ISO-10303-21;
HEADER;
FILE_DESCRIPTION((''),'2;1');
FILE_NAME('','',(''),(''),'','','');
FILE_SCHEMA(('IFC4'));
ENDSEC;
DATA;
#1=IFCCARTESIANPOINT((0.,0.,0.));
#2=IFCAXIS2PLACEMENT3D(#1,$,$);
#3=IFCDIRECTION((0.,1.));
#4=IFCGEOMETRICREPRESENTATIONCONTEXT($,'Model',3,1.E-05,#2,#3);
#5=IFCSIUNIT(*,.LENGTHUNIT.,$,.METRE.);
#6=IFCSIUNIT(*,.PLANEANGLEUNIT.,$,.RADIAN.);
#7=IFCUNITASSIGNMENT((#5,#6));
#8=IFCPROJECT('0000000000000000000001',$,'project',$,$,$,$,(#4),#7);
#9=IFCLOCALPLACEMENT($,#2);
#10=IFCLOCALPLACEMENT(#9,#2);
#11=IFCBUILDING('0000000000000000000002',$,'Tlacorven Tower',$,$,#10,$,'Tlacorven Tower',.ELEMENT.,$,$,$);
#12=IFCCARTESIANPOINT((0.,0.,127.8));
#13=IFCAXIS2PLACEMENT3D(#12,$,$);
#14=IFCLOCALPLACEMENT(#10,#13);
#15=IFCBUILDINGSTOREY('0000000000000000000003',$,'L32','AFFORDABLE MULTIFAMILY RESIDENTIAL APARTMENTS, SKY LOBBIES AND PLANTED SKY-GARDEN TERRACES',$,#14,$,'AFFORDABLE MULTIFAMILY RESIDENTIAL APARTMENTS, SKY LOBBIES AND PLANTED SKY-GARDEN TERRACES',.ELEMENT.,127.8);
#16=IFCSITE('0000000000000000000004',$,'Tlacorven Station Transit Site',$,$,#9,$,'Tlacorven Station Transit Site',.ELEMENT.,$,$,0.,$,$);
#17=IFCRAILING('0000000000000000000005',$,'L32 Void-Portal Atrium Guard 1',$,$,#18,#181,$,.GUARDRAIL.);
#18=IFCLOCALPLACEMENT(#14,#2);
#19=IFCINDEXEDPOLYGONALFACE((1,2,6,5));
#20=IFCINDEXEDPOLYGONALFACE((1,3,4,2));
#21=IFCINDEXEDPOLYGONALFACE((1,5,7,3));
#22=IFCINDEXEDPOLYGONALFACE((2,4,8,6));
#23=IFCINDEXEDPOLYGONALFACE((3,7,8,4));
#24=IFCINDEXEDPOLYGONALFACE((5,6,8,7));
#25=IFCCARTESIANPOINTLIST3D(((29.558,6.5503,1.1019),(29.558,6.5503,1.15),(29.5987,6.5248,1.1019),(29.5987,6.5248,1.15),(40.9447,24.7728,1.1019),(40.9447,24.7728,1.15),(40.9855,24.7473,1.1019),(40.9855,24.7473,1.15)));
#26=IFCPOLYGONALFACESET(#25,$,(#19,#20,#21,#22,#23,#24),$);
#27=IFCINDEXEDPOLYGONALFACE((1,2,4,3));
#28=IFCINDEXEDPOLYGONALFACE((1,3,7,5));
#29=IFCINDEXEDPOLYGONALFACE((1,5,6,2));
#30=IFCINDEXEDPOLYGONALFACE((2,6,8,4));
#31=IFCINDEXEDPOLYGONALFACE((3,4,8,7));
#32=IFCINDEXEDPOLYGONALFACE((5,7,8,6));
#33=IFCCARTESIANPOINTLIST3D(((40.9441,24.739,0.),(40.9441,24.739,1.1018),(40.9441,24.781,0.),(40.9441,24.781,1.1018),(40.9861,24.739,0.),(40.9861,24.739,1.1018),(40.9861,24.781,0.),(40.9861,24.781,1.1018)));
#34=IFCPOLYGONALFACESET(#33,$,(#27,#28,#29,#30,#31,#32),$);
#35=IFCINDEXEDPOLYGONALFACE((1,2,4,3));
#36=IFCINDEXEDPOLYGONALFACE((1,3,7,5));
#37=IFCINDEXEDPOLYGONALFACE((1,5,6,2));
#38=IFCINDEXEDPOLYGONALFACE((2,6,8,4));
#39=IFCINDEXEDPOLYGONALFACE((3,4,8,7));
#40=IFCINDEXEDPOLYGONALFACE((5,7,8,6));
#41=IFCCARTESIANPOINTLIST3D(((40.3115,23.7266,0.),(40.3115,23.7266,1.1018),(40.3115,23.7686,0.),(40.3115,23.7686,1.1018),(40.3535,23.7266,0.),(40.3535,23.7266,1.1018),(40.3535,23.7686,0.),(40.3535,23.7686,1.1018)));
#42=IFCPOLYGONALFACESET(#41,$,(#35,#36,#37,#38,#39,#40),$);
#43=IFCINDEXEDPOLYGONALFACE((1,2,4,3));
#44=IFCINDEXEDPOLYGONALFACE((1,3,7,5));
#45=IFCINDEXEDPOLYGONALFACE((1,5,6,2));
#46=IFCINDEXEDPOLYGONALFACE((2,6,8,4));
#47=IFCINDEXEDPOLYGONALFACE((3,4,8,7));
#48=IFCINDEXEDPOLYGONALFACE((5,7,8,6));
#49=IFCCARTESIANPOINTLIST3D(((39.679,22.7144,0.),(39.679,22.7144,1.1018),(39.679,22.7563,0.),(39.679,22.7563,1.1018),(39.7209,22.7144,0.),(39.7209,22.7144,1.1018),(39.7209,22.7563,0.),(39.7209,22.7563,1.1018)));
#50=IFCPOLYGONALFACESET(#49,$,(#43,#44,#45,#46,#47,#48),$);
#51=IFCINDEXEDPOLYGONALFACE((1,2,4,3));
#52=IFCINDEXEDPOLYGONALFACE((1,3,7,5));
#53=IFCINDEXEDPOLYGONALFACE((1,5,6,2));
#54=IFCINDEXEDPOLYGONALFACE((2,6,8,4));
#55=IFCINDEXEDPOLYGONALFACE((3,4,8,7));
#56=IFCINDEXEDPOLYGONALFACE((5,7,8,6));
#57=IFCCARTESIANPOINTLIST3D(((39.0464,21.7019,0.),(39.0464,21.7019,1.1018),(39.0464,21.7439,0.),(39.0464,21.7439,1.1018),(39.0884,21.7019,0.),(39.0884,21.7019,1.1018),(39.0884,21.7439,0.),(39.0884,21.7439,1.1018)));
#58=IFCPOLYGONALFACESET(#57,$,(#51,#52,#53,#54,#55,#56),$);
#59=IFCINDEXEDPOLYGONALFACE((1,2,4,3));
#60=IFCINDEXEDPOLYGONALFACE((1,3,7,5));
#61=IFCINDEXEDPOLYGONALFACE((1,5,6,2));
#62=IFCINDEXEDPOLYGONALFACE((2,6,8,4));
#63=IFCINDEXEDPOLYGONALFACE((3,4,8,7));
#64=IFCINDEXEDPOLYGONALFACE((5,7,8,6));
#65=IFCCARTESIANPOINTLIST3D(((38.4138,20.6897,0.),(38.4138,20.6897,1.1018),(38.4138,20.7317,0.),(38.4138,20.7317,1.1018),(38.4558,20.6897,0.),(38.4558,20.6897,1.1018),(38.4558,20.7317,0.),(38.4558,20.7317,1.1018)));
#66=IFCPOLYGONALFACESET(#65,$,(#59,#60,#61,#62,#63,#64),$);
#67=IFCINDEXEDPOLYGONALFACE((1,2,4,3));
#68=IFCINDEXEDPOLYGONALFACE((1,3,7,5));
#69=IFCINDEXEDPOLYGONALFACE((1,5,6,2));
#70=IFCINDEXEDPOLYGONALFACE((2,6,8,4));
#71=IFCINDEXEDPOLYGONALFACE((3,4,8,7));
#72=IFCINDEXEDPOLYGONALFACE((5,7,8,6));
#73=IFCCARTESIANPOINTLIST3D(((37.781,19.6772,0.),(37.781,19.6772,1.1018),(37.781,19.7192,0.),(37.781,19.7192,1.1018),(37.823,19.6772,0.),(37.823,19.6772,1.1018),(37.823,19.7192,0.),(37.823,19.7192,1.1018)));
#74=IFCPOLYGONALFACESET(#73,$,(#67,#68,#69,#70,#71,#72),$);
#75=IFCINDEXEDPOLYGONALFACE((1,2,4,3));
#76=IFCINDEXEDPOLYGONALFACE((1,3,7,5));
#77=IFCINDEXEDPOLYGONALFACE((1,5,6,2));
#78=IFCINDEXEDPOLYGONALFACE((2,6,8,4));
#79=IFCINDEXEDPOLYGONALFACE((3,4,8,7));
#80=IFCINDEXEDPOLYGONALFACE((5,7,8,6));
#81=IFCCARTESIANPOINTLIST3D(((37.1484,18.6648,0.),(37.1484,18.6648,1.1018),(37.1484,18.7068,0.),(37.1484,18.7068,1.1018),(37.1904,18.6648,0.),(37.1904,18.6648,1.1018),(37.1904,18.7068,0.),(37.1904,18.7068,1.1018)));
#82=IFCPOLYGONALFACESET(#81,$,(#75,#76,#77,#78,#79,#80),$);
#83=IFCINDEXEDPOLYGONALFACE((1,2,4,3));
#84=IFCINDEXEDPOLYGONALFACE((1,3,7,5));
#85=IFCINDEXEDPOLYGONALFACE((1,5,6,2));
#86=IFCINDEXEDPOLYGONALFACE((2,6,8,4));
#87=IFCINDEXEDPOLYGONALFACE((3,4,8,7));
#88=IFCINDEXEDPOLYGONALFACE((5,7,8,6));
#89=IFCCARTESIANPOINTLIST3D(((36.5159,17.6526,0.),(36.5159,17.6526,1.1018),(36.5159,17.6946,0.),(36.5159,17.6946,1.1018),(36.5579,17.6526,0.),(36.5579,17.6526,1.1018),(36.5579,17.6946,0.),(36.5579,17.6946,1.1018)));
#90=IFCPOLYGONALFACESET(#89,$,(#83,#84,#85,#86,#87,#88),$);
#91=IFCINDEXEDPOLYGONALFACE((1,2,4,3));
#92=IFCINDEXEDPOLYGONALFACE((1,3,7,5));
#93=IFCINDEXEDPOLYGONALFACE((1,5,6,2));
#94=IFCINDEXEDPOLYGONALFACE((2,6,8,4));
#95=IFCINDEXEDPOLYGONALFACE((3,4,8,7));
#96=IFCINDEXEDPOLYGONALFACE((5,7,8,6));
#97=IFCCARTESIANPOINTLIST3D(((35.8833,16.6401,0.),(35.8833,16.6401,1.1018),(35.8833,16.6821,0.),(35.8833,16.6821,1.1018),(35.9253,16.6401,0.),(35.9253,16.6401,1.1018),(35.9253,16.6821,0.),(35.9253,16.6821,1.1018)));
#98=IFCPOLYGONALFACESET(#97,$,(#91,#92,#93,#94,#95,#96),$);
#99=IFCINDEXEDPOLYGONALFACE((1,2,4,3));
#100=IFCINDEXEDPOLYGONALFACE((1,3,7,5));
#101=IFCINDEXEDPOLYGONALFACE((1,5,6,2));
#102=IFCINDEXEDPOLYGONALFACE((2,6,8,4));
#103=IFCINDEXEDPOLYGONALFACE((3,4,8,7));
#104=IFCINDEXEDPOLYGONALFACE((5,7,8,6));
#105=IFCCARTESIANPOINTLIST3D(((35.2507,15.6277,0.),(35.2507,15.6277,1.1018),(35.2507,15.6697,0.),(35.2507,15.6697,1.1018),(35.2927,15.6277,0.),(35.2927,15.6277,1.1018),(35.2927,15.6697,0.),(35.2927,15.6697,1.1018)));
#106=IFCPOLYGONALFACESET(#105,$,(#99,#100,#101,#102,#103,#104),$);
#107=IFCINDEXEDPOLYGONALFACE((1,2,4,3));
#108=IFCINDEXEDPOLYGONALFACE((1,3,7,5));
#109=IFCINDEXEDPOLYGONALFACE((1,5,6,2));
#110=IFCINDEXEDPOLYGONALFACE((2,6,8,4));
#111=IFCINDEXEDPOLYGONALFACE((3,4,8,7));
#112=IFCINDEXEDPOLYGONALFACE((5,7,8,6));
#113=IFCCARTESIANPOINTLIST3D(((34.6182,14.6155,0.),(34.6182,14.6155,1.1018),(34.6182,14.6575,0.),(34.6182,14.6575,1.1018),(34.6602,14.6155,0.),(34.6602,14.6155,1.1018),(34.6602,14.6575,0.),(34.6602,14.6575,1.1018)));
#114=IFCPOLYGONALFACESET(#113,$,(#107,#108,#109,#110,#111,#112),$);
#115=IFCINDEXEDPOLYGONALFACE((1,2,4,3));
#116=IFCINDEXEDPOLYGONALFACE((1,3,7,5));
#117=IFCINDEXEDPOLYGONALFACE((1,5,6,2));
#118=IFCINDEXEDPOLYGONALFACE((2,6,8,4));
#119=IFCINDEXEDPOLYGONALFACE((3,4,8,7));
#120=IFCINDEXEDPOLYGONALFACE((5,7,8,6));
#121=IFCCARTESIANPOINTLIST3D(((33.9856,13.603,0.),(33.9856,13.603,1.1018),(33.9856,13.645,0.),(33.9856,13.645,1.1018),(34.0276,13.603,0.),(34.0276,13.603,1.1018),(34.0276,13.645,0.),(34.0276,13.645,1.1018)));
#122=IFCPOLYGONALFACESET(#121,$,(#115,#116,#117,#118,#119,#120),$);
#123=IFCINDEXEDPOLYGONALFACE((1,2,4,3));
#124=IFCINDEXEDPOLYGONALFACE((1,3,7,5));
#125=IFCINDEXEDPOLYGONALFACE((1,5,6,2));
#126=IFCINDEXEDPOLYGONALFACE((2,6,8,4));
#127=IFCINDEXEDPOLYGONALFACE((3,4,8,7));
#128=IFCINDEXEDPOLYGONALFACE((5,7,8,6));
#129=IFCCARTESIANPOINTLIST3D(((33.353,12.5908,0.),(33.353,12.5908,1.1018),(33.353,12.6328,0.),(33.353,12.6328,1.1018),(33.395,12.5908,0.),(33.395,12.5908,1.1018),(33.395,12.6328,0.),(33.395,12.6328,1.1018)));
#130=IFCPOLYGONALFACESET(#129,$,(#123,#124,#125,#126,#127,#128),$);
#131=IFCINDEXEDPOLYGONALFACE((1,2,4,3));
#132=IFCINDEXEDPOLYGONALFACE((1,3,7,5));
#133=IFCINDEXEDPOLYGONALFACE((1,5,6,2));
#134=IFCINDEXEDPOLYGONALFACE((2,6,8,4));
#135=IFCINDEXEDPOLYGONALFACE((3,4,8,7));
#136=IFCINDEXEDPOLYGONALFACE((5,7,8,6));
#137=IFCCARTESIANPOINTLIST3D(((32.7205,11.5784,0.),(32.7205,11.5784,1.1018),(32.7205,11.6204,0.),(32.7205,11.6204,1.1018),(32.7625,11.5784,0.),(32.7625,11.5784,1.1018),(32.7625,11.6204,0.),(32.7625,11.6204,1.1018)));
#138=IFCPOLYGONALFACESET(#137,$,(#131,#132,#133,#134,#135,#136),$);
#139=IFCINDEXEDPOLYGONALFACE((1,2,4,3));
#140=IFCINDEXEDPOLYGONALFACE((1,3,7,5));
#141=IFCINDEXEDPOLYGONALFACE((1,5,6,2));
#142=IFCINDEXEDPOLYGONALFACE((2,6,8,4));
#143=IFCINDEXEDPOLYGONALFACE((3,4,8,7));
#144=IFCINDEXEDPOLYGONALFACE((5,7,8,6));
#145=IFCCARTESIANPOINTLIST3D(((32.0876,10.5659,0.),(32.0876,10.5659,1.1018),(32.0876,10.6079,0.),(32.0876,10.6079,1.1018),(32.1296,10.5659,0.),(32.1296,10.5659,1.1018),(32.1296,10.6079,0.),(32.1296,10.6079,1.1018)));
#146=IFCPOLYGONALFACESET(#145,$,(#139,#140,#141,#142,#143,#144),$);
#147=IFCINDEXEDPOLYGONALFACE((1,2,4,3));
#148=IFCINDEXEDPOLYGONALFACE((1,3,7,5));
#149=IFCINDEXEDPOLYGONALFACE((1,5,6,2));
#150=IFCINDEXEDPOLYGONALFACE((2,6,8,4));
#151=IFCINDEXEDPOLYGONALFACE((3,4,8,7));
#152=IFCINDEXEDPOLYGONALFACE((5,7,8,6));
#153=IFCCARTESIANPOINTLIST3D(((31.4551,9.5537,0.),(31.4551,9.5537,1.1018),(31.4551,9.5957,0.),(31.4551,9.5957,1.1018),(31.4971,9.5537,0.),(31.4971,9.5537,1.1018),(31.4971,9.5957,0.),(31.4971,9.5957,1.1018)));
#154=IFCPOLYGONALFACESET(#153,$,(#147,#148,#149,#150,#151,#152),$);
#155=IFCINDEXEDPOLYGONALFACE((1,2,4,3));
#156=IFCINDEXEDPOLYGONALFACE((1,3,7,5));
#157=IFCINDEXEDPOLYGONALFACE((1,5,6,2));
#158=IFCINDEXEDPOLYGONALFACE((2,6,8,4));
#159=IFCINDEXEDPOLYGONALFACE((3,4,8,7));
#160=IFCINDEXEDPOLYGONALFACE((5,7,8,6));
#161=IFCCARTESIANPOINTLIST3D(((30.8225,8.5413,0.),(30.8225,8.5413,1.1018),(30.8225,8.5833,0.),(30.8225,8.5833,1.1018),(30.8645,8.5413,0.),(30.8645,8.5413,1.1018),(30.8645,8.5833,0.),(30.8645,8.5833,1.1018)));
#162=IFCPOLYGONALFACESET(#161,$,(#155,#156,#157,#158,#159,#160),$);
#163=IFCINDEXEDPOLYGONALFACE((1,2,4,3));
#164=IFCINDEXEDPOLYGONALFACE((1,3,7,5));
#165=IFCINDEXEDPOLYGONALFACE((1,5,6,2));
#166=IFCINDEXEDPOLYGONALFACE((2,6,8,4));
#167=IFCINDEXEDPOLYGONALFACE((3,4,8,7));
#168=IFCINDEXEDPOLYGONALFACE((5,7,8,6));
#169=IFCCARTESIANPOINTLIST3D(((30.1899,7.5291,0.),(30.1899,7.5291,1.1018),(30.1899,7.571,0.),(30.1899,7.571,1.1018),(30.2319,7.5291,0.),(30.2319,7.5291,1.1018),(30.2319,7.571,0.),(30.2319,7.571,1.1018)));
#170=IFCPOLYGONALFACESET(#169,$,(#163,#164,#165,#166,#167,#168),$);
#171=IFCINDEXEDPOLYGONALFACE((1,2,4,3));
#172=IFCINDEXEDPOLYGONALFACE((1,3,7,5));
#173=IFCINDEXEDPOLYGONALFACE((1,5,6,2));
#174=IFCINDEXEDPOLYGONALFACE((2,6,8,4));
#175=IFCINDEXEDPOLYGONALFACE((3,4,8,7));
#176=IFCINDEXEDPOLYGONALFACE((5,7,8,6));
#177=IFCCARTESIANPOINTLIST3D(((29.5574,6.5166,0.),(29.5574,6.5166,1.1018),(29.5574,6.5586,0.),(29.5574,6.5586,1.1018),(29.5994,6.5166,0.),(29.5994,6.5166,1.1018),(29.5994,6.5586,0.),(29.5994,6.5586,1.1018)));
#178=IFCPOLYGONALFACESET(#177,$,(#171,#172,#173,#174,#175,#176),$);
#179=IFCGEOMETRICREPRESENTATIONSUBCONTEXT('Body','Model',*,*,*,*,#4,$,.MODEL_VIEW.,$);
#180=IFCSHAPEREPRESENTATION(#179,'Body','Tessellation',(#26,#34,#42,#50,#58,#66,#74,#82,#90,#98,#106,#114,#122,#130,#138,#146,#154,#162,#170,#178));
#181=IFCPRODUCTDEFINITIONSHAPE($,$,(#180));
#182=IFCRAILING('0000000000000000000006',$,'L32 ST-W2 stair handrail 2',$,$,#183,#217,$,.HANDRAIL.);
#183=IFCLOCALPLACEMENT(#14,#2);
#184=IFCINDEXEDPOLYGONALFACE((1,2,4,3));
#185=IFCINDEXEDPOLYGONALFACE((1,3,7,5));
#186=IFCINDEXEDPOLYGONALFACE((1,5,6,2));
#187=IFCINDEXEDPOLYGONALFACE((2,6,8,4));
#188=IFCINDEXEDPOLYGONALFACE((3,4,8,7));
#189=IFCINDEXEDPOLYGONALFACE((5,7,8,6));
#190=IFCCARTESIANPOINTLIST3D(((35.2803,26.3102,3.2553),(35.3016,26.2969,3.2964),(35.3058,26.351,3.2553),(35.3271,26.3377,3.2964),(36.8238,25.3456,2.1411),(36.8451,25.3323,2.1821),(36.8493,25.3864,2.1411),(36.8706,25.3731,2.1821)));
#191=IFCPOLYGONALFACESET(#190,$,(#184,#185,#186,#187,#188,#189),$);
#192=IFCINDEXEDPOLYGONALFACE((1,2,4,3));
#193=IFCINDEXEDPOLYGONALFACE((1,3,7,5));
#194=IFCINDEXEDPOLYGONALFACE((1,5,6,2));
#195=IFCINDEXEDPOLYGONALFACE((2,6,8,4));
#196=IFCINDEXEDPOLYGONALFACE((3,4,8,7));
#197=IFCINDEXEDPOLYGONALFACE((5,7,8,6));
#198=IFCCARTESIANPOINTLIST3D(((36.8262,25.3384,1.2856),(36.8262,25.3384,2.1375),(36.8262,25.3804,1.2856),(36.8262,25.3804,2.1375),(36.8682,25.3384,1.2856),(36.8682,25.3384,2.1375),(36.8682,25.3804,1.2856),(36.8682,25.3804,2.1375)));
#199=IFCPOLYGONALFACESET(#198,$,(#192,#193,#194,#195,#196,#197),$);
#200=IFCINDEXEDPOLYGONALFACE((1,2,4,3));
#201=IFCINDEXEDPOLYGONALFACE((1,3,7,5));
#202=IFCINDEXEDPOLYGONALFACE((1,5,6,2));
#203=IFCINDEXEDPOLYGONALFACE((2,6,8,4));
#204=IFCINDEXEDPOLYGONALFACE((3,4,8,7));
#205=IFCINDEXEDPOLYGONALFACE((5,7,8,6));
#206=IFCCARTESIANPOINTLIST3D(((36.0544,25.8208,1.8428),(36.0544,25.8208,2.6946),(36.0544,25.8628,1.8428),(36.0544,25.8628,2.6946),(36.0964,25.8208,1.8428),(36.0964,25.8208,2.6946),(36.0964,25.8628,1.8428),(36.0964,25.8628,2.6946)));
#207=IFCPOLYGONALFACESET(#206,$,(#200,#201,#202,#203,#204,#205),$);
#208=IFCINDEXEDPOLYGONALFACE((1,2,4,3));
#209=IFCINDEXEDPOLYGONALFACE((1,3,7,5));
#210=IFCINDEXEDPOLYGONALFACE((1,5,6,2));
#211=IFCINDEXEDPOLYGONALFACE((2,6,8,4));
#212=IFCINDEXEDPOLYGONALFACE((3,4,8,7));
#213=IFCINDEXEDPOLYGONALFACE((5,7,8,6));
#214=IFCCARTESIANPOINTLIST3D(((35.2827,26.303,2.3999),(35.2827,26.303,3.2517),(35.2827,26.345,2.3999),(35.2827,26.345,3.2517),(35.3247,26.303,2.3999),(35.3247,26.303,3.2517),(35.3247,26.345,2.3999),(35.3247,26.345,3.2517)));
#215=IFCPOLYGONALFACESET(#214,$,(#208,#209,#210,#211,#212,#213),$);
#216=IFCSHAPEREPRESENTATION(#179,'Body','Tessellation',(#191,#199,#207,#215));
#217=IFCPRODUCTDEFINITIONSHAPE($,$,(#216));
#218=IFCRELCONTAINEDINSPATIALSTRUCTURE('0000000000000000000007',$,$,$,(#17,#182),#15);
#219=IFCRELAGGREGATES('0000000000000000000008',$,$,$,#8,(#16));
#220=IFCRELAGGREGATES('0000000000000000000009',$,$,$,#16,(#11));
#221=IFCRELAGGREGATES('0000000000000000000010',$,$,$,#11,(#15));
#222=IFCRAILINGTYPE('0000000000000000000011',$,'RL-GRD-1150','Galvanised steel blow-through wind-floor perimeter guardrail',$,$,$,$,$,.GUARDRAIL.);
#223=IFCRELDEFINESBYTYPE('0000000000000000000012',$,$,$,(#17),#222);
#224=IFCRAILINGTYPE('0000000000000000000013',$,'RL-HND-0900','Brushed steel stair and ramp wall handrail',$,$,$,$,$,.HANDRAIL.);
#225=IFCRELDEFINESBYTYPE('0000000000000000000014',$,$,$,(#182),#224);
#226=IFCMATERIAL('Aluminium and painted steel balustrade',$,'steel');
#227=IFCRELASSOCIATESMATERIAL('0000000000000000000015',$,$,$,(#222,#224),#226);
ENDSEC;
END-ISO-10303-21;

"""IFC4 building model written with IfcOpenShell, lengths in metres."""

from ifc_helpers import new_model, si_unit, direction, frame, origin, origin_2d, place, context, subcontext, project, spatial, rectangle, extrude, source, transform, mapped, material, type_object, element, save


model = new_model("IFC4")

# Units and contexts
model_context = context("Model", 3, precision=1e-05, world=origin(), true_north=direction((0.0, 1.0)))
body_context = subcontext(model_context, "Body", "Model", "MODEL_VIEW")
ifc_project = project(units=[si_unit("LENGTHUNIT", "METRE"), si_unit("PLANEANGLEUNIT", "RADIAN")], contexts=[model_context])

# Site, building, storey
site_placement = place(None, origin())
site = spatial("IfcSite", under=ifc_project, at=site_placement, Name="Tlacorven Station Transit Site", LongName="Tlacorven Station Transit Site", CompositionType="ELEMENT", RefElevation=0.0)
building_placement = place(site_placement, origin())
building = spatial("IfcBuilding", under=site, at=building_placement, Name="Tlacorven Tower", LongName="Tlacorven Tower", CompositionType="ELEMENT")
storey_placement = place(building_placement, frame((0.0, 0.0, 127.8)))
storey = spatial("IfcBuildingStorey", under=building, at=storey_placement, Name="L32", Description="AFFORDABLE MULTIFAMILY RESIDENTIAL APARTMENTS, SKY LOBBIES AND PLANTED SKY-GARDEN TERRACES", LongName="AFFORDABLE MULTIFAMILY RESIDENTIAL APARTMENTS, SKY LOBBIES AND PLANTED SKY-GARDEN TERRACES", CompositionType="ELEMENT", Elevation=127.8)

# Railings
ifc_material_1 = material(Name="Aluminium and painted steel balustrade", Category="steel")
railing_type_1 = type_object("IfcRailingType", Name="RL-GRD-1150", Description="Galvanised steel blow-through wind-floor perimeter guardrail", PredefinedType="GUARDRAIL", material=ifc_material_1)
shared_shape_1 = source(origin(), body_context, "Body", "SweptSolid", [
    extrude(rectangle(XDim=0.0481, YDim=0.0481, at=origin_2d()), frame((0.0, 0.0, 1.126), z_axis=(-0.529922, -0.848046, 0.0), x_axis=(0.848046, -0.529922, 0.0)), (0.0, 0.0, 1.0), 21.4875),
    extrude(rectangle(XDim=0.042, YDim=0.042, at=origin_2d()), origin(), (0.0, 0.0, 1.0), 1.1018),
    extrude(rectangle(XDim=0.042, YDim=0.042, at=origin_2d()), frame((-0.6326, -1.0125, 0.0)), (0.0, 0.0, 1.0), 1.1018),
    extrude(rectangle(XDim=0.042, YDim=0.042, at=origin_2d()), frame((-1.2651, -2.0247, 0.0)), (0.0, 0.0, 1.0), 1.1018),
    extrude(rectangle(XDim=0.042, YDim=0.042, at=origin_2d()), frame((-1.8977, -3.0371, 0.0)), (0.0, 0.0, 1.0), 1.1018),
    extrude(rectangle(XDim=0.042, YDim=0.042, at=origin_2d()), frame((-2.5303, -4.0493, 0.0)), (0.0, 0.0, 1.0), 1.1018),
    extrude(rectangle(XDim=0.042, YDim=0.042, at=origin_2d()), frame((-3.1631, -5.0618, 0.0)), (0.0, 0.0, 1.0), 1.1018),
    extrude(rectangle(XDim=0.042, YDim=0.042, at=origin_2d()), frame((-3.7957, -6.0742, 0.0)), (0.0, 0.0, 1.0), 1.1018),
    extrude(rectangle(XDim=0.042, YDim=0.042, at=origin_2d()), frame((-4.4282, -7.0864, 0.0)), (0.0, 0.0, 1.0), 1.1018),
    extrude(rectangle(XDim=0.042, YDim=0.042, at=origin_2d()), frame((-5.0608, -8.0989, 0.0)), (0.0, 0.0, 1.0), 1.1018),
    extrude(rectangle(XDim=0.042, YDim=0.042, at=origin_2d()), frame((-5.6934, -9.1113, 0.0)), (0.0, 0.0, 1.0), 1.1018),
    extrude(rectangle(XDim=0.042, YDim=0.042, at=origin_2d()), frame((-6.3259, -10.1235, 0.0)), (0.0, 0.0, 1.0), 1.1018),
    extrude(rectangle(XDim=0.042, YDim=0.042, at=origin_2d()), frame((-6.9585, -11.136, 0.0)), (0.0, 0.0, 1.0), 1.1018),
    extrude(rectangle(XDim=0.042, YDim=0.042, at=origin_2d()), frame((-7.5911, -12.1482, 0.0)), (0.0, 0.0, 1.0), 1.1018),
    extrude(rectangle(XDim=0.042, YDim=0.042, at=origin_2d()), frame((-8.2236, -13.1606, 0.0)), (0.0, 0.0, 1.0), 1.1018),
    extrude(rectangle(XDim=0.042, YDim=0.042, at=origin_2d()), frame((-8.8564, -14.1731, 0.0)), (0.0, 0.0, 1.0), 1.1018),
    extrude(rectangle(XDim=0.042, YDim=0.042, at=origin_2d()), frame((-9.489, -15.1853, 0.0)), (0.0, 0.0, 1.0), 1.1018),
    extrude(rectangle(XDim=0.042, YDim=0.042, at=origin_2d()), frame((-10.1216, -16.1978, 0.0)), (0.0, 0.0, 1.0), 1.1018),
    extrude(rectangle(XDim=0.042, YDim=0.042, at=origin_2d()), frame((-10.7542, -17.21, 0.0)), (0.0, 0.0, 1.0), 1.1018),
    extrude(rectangle(XDim=0.042, YDim=0.042, at=origin_2d()), frame((-11.3867, -18.2224, 0.0)), (0.0, 0.0, 1.0), 1.1018),
])
railing_1_placement = place(storey_placement, frame((40.9651, 24.76, 0.0)))
element("IfcRailing", 1, at=railing_1_placement, inside=storey, type_object=railing_type_1, Name="L32 Void-Portal Atrium Guard 1", PredefinedType="GUARDRAIL", context=body_context, shape_type="MappedRepresentation", body=[
    mapped(shared_shape_1, transform((0.0, 0.0, 0.0), scale=1.0)),
])
railing_type_2 = type_object("IfcRailingType", Name="RL-HND-0900", Description="Brushed steel stair and ramp wall handrail", PredefinedType="HANDRAIL", material=ifc_material_1)
shared_shape_2 = source(origin(), body_context, "Body", "SweptSolid", [
    extrude(rectangle(XDim=0.0481, YDim=0.0481, at=origin_2d()), frame((0.0, 0.0, 0.876), z_axis=(-0.723244, 0.451999, 0.522126), x_axis=(-0.529975, -0.848013, 0.0)), (0.0, 0.0, 1.0), 2.134),
    extrude(rectangle(XDim=0.042, YDim=0.042, at=origin_2d()), origin(), (0.0, 0.0, 1.0), 0.8518),
    extrude(rectangle(XDim=0.042, YDim=0.042, at=origin_2d()), frame((-0.7717, 0.4824, 0.5571)), (0.0, 0.0, 1.0), 0.8518),
    extrude(rectangle(XDim=0.042, YDim=0.042, at=origin_2d()), frame((-1.5435, 0.9646, 1.1143)), (0.0, 0.0, 1.0), 0.8518),
])
railing_2_placement = place(storey_placement, frame((36.8472, 25.3594, 1.2856)))
element("IfcRailing", 2, at=railing_2_placement, inside=storey, type_object=railing_type_2, Name="L32 ST-W2 stair handrail 2", PredefinedType="HANDRAIL", context=body_context, shape_type="MappedRepresentation", body=[
    mapped(shared_shape_2, transform((0.0, 0.0, 0.0), scale=1.0)),
])

save(model, "model.ifc")
